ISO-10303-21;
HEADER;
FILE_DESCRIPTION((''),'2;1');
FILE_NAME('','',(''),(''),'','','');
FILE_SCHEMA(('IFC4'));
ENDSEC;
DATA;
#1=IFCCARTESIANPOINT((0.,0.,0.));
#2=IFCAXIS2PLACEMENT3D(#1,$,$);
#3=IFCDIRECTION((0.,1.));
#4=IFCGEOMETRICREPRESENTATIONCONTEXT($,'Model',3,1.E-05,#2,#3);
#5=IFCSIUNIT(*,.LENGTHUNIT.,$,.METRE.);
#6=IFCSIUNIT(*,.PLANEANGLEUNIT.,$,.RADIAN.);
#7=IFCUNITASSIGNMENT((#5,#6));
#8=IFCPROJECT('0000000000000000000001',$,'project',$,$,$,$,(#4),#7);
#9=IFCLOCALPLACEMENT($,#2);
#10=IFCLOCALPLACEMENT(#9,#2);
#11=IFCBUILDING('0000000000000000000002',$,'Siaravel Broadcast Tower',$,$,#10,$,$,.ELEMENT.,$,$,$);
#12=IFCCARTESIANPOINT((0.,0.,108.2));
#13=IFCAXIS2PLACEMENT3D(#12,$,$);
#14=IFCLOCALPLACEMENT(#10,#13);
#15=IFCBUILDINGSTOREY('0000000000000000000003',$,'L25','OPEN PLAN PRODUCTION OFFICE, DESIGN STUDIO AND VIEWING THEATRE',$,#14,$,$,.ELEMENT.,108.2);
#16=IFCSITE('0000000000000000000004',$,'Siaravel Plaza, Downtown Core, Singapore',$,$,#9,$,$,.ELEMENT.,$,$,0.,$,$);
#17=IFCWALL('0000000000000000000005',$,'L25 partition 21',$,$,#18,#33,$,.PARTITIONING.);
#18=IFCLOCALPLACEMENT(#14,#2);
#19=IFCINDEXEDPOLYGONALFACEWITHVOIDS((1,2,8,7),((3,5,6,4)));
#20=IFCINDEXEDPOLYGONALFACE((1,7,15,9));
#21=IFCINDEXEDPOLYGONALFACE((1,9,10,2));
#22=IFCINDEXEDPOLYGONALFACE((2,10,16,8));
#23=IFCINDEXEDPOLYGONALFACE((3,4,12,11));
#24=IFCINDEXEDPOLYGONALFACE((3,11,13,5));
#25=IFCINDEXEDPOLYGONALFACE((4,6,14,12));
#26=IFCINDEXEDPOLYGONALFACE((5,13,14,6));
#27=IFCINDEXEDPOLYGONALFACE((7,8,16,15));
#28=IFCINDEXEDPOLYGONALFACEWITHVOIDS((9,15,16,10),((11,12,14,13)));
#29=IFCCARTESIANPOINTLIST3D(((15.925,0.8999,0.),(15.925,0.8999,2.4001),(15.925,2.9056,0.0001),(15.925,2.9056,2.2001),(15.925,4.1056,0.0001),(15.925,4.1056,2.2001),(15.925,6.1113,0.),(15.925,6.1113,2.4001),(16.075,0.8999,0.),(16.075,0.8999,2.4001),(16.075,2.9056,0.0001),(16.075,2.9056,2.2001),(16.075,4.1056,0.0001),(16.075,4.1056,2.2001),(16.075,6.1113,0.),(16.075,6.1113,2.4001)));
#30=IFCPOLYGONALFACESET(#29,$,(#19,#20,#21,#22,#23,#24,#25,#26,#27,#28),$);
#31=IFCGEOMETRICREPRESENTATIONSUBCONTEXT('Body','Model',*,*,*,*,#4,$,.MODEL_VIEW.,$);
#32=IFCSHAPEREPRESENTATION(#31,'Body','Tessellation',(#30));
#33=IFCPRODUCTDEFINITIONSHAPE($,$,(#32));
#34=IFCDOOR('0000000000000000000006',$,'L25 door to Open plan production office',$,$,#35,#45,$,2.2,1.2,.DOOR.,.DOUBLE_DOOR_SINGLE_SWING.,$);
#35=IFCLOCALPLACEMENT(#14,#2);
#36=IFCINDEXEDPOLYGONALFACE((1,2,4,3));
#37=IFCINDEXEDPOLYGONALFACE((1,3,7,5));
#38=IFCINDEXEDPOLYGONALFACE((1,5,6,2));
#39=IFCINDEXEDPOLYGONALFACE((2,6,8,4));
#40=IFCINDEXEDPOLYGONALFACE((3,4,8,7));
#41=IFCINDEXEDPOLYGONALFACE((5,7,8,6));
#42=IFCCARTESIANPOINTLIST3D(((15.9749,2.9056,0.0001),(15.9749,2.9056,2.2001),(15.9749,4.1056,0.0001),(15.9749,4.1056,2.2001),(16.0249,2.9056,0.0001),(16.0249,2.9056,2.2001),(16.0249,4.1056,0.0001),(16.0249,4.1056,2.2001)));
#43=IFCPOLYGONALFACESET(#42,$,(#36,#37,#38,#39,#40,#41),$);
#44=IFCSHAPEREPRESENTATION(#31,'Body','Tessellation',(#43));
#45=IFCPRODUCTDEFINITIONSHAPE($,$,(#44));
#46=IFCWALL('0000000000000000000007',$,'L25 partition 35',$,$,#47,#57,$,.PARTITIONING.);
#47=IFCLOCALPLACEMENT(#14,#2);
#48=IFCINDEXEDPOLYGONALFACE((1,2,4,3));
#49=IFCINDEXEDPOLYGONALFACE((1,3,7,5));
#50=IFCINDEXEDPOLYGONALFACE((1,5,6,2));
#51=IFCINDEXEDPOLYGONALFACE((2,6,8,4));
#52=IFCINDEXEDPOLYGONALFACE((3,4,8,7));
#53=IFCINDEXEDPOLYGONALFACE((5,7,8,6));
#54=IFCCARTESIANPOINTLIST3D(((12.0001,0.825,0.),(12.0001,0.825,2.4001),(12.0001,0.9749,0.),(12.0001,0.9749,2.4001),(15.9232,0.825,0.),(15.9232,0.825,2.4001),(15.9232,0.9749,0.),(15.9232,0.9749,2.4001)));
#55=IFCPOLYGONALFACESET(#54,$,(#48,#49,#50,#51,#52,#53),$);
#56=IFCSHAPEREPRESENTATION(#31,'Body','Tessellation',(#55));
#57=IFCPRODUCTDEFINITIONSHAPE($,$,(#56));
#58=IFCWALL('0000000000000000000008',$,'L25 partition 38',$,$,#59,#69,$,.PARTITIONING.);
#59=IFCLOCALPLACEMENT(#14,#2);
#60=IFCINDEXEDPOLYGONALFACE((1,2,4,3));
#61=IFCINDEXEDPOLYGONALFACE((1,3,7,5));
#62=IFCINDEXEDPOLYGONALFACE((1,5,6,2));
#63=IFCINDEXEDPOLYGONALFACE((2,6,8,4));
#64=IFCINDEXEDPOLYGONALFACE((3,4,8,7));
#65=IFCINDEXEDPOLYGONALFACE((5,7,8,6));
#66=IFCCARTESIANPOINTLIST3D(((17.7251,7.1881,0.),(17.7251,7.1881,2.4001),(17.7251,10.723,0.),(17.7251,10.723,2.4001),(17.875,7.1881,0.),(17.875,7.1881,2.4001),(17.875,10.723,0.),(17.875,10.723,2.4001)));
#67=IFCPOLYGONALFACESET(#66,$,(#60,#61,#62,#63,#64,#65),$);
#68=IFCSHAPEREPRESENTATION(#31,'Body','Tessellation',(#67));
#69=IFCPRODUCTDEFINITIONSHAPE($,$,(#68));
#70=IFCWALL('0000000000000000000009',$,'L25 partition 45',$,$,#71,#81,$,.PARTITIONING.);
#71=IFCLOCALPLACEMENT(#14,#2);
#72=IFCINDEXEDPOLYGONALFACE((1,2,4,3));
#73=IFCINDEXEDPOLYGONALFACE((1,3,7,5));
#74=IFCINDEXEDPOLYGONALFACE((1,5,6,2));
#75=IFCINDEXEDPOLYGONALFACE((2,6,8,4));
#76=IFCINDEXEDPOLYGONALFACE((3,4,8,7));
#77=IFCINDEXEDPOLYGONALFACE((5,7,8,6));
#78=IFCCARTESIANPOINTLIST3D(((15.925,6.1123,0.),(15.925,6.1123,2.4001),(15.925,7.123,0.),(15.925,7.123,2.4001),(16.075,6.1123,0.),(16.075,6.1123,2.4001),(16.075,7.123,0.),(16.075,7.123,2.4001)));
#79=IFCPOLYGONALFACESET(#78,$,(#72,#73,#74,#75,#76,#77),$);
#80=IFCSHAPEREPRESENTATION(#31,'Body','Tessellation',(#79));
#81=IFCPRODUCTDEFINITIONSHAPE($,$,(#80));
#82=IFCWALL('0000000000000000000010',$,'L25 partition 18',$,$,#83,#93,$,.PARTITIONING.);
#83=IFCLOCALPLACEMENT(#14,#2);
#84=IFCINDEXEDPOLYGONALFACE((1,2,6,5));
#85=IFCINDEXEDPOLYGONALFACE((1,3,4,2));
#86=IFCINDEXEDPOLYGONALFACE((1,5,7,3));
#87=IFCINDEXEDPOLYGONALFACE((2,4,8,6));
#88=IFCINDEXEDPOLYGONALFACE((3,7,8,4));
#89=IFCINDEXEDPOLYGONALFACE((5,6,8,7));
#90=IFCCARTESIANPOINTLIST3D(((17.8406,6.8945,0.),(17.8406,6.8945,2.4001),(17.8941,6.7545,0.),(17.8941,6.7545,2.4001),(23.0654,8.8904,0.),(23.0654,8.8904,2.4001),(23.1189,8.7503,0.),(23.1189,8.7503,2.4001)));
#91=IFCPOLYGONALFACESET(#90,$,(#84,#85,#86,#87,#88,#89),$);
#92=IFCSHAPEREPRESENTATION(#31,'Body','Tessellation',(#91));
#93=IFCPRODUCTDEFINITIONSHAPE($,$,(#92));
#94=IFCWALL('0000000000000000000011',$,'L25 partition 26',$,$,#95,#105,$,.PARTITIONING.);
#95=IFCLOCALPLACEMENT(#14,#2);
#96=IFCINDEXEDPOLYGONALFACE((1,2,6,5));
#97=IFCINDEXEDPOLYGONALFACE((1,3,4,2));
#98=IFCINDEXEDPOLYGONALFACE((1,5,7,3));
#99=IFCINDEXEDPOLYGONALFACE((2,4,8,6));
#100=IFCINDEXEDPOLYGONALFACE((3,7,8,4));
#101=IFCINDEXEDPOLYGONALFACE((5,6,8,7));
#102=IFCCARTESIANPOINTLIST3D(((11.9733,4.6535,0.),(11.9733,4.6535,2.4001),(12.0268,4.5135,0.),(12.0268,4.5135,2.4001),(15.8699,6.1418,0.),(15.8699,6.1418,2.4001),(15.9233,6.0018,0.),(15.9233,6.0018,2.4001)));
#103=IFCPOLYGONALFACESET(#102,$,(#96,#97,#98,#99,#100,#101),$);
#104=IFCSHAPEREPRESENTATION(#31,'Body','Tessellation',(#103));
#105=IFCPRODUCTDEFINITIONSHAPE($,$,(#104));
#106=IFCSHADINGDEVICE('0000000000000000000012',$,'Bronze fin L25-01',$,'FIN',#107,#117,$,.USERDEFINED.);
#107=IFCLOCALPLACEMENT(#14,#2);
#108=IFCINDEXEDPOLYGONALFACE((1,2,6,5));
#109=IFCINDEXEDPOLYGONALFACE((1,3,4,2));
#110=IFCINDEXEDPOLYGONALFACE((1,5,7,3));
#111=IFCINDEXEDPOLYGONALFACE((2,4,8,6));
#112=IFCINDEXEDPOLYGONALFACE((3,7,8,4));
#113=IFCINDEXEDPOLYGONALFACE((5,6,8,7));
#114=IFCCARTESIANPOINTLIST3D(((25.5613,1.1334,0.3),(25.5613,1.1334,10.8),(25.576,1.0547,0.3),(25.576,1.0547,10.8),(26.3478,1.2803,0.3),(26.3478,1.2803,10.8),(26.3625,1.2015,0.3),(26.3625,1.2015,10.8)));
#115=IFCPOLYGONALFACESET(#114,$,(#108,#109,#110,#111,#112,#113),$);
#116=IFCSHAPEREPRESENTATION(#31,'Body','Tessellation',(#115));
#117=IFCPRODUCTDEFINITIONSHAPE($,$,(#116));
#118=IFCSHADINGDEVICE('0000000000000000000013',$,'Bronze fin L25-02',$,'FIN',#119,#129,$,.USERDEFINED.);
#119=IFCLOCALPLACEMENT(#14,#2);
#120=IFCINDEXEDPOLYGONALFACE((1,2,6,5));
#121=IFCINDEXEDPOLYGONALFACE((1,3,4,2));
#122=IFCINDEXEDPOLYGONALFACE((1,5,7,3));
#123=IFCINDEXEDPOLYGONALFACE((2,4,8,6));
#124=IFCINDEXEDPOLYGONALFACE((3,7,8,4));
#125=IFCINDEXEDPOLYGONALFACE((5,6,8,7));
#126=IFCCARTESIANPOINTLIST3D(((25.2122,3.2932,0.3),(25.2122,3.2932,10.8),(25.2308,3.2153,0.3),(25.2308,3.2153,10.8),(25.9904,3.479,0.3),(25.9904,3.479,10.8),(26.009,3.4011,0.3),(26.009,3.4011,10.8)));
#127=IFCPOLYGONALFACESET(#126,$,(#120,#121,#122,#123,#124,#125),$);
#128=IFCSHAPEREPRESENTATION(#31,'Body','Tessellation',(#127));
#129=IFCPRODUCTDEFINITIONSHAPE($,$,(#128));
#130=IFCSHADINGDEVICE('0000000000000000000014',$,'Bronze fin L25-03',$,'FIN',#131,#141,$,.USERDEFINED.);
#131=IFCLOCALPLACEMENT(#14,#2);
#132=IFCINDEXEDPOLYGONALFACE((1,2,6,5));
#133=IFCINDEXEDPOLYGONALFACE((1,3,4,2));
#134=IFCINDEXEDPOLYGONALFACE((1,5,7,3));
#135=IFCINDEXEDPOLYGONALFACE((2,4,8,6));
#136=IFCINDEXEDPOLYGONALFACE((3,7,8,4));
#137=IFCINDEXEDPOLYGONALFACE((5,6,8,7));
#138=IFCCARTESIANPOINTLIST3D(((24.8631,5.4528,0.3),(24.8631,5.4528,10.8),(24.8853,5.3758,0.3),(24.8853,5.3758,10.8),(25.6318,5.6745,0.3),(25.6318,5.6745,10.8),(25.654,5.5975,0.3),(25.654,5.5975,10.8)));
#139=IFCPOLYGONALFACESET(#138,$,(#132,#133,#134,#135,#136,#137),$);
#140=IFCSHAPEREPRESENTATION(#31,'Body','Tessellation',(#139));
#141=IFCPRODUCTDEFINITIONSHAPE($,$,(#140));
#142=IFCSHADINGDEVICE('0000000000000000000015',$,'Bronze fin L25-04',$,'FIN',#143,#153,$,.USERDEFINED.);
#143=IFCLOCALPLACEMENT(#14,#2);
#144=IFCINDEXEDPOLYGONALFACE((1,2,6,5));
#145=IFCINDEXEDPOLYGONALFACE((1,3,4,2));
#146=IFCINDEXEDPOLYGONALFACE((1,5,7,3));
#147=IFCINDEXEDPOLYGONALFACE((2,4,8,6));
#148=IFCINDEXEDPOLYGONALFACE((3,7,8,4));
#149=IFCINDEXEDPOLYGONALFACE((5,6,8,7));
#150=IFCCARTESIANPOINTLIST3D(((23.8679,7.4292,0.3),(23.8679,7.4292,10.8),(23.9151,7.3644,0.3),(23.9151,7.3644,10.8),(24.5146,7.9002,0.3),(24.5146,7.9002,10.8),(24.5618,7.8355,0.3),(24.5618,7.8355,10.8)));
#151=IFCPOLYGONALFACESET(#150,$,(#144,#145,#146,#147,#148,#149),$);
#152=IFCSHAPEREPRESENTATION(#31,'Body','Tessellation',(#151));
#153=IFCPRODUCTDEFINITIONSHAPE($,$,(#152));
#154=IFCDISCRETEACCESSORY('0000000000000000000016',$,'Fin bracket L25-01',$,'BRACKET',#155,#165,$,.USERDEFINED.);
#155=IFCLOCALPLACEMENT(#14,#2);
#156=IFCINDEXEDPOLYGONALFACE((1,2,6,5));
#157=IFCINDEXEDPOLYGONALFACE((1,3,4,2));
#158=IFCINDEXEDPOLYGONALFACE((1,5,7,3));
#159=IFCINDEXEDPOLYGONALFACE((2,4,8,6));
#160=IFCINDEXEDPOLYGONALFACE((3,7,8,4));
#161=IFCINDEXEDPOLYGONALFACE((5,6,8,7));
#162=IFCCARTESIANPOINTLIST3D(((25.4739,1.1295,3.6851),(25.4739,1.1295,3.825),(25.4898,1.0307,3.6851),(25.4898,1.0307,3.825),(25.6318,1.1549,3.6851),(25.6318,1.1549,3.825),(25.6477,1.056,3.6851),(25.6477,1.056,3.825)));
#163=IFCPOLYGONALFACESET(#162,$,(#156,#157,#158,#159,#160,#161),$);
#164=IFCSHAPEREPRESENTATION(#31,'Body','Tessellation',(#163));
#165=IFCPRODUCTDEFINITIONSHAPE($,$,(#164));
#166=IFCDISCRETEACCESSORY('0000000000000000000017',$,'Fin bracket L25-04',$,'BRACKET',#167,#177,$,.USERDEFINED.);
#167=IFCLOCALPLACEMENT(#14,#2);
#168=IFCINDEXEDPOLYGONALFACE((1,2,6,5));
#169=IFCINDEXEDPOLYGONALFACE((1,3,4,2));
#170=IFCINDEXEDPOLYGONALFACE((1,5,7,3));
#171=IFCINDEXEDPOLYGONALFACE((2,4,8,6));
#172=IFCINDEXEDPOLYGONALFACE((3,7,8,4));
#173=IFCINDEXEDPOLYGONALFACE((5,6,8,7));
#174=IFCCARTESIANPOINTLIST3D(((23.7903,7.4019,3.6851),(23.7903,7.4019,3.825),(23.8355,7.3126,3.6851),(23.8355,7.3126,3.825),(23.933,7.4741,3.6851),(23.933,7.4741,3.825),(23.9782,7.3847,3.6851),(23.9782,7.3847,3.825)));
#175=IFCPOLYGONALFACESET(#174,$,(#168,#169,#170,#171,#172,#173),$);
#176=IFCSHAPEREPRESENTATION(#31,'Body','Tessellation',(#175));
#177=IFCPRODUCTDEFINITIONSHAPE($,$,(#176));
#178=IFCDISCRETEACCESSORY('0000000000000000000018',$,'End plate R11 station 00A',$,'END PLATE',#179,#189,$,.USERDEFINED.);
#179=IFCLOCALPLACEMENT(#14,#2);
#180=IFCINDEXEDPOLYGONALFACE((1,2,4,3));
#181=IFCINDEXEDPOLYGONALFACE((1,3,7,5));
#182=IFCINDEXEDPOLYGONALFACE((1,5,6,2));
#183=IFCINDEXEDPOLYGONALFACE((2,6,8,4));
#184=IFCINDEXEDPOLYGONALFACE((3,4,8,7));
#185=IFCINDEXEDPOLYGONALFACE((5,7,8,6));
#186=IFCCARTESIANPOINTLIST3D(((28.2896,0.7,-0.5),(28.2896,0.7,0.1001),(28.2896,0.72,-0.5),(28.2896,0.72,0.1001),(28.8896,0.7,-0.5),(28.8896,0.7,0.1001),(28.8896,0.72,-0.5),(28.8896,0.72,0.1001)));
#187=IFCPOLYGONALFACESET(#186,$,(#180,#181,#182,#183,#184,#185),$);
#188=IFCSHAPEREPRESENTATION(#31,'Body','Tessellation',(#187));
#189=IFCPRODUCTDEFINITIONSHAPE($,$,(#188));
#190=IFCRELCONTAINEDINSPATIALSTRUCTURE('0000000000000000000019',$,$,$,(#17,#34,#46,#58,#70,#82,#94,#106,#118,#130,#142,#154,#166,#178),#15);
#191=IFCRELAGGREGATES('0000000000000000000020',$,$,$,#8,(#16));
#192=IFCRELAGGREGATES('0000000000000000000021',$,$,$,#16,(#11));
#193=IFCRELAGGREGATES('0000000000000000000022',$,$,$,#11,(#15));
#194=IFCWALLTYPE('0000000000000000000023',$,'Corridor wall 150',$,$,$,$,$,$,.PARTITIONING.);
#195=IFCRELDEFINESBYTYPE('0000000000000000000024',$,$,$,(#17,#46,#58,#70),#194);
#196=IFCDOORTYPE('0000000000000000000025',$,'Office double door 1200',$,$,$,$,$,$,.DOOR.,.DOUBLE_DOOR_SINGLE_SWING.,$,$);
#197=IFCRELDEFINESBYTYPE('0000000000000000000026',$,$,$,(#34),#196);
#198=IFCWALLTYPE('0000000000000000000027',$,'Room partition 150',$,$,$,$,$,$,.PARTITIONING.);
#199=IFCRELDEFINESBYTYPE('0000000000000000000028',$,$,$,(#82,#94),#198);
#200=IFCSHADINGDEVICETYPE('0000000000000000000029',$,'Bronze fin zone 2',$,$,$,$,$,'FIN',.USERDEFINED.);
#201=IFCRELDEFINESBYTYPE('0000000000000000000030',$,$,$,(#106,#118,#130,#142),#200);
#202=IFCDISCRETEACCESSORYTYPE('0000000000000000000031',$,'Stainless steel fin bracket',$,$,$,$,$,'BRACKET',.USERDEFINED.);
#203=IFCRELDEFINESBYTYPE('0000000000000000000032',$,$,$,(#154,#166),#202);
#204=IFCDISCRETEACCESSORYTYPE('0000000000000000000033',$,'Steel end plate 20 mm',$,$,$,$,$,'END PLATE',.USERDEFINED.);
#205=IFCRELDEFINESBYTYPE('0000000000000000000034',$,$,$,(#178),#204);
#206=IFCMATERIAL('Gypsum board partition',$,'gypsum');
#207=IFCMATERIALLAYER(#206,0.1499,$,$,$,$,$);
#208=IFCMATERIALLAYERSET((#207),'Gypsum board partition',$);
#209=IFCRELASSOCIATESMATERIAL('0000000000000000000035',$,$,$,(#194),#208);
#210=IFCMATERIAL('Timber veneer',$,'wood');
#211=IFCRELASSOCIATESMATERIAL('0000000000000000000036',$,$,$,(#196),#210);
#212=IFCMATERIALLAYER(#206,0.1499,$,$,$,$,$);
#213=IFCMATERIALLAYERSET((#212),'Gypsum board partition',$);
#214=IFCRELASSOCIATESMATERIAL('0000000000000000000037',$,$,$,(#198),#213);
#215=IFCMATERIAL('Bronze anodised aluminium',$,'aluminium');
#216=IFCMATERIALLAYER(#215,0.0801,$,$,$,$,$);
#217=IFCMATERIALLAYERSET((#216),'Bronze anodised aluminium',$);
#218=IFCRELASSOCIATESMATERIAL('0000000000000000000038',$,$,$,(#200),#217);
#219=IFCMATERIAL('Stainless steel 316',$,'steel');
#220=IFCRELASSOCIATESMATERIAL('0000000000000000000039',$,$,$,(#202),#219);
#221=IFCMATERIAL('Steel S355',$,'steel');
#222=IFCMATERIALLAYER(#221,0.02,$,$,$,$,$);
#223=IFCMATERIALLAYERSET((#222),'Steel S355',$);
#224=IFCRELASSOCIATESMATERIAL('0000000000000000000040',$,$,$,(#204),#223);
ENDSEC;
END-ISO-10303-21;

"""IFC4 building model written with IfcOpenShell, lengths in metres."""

from ifc_helpers import new_model, si_unit, direction, frame, frame_2d, origin, origin_2d, place, context, subcontext, project, spatial, rectangle, extrude, material, layer, layer_set, type_object, element, fill, save


model = new_model("IFC4")

# Units and contexts
model_context = context("Model", 3, precision=1e-05, world=origin(), true_north=direction((0.0, 1.0)))
body_context = subcontext(model_context, "Body", "Model", "MODEL_VIEW")
ifc_project = project(units=[si_unit("LENGTHUNIT", "METRE"), si_unit("PLANEANGLEUNIT", "RADIAN")], contexts=[model_context])

# Site, building, storey
site_placement = place(None, origin())
site = spatial("IfcSite", under=ifc_project, at=site_placement, Name="Siaravel Plaza, Downtown Core, Singapore", CompositionType="ELEMENT", RefElevation=0.0)
building_placement = place(site_placement, origin())
building = spatial("IfcBuilding", under=site, at=building_placement, Name="Siaravel Broadcast Tower", CompositionType="ELEMENT")
storey_placement = place(building_placement, frame((0.0, 0.0, 108.2)))
storey = spatial("IfcBuildingStorey", under=building, at=storey_placement, Name="L25", Description="OPEN PLAN PRODUCTION OFFICE, DESIGN STUDIO AND VIEWING THEATRE", CompositionType="ELEMENT", Elevation=108.2)

# Shared definitions
ifc_material_1 = material(Name="Steel S355", Category="steel")

# Wall, opening, door
ifc_material_2 = material(Name="Gypsum board partition", Category="gypsum")
ifc_layer_1 = layer(ifc_material_2, 0.1499)
ifc_layer_set_1 = layer_set([ifc_layer_1], Name="Gypsum board partition")
wall_type_1 = type_object("IfcWallType", Name="Corridor wall 150", PredefinedType="PARTITIONING", material=ifc_layer_set_1)
wall_1_placement = place(storey_placement, frame((16.0, 6.1113, 0.0), z_axis=(0.0, 0.0, 1.0), x_axis=(0.0, -1.0, 0.0)))
wall_1 = element("IfcWall", 1, at=wall_1_placement, inside=storey, type_object=wall_type_1, Name="L25 partition 21", PredefinedType="PARTITIONING", context=body_context, shape_type="SweptSolid", body=[
    extrude(rectangle(XDim=5.2114, YDim=0.1499, at=frame_2d((2.6057, 0.0))), origin(), (0.0, 0.0, 1.0), 2.4001),
])
opening_placement = place(wall_1_placement, frame((2.0056, 0.0, 0.0)))
opening = element("IfcOpeningElement", 2, at=opening_placement, cuts=wall_1, PredefinedType="OPENING", context=body_context, shape_type="SweptSolid", body=[
    extrude(rectangle(XDim=1.2, YDim=2.2, at=frame_2d((0.6001, 1.1001))), frame((0.0, 0.085, 0.0), z_axis=(0.0, -1.0, 0.0), x_axis=(1.0, 0.0, 0.0)), (0.0, 0.0, 1.0), 0.1699),
])
ifc_material_3 = material(Name="Timber veneer", Category="wood")
door_type = type_object("IfcDoorType", Name="Office double door 1200", OperationType="DOUBLE_DOOR_SINGLE_SWING", PredefinedType="DOOR", material=ifc_material_3)
door_placement = place(opening_placement, origin())
door = element("IfcDoor", 3, at=door_placement, inside=storey, type_object=door_type, Name="L25 door to Open plan production office", OperationType="DOUBLE_DOOR_SINGLE_SWING", OverallHeight=2.2, OverallWidth=1.2, PredefinedType="DOOR", context=body_context, shape_type="SweptSolid", body=[
    extrude(rectangle(XDim=1.2, YDim=2.2, at=frame_2d((0.6001, 1.1001))), frame((0.0, 0.0249, 0.0), z_axis=(0.0, -1.0, 0.0), x_axis=(1.0, 0.0, 0.0)), (0.0, 0.0, 1.0), 0.05),
])
fill(opening, door)

# Walls
wall_2_placement = place(storey_placement, frame((15.9231, 0.8999, 0.0), z_axis=(0.0, 0.0, 1.0), x_axis=(-1.0, 0.0, 0.0)))
element("IfcWall", 4, at=wall_2_placement, inside=storey, type_object=wall_type_1, Name="L25 partition 35", PredefinedType="PARTITIONING", context=body_context, shape_type="SweptSolid", body=[
    extrude(rectangle(XDim=3.9231, YDim=0.1499, at=frame_2d((1.9614, 0.0))), origin(), (0.0, 0.0, 1.0), 2.4001),
])
wall_3_placement = place(storey_placement, frame((17.8, 7.188, 0.0), z_axis=(0.0, 0.0, 1.0), x_axis=(0.0, 1.0, 0.0)))
element("IfcWall", 5, at=wall_3_placement, inside=storey, type_object=wall_type_1, Name="L25 partition 38", PredefinedType="PARTITIONING", context=body_context, shape_type="SweptSolid", body=[
    extrude(rectangle(XDim=3.5349, YDim=0.1499, at=frame_2d((1.7676, 0.0))), origin(), (0.0, 0.0, 1.0), 2.4001),
])
wall_4_placement = place(storey_placement, frame((16.0, 7.123, 0.0), z_axis=(0.0, 0.0, 1.0), x_axis=(0.0, -1.0, 0.0)))
element("IfcWall", 6, at=wall_4_placement, inside=storey, type_object=wall_type_1, Name="L25 partition 45", PredefinedType="PARTITIONING", context=body_context, shape_type="SweptSolid", body=[
    extrude(rectangle(XDim=1.0107, YDim=0.1499, at=frame_2d((0.5054, 0.0))), origin(), (0.0, 0.0, 1.0), 2.4001),
])
ifc_layer_2 = layer(ifc_material_2, 0.1499)
ifc_layer_set_2 = layer_set([ifc_layer_2], Name="Gypsum board partition")
wall_type_2 = type_object("IfcWallType", Name="Room partition 150", PredefinedType="PARTITIONING", material=ifc_layer_set_2)
wall_5_placement = place(storey_placement, frame((23.092, 8.8203, 0.0), z_axis=(0.0, 0.0, 1.0), x_axis=(-0.934164, -0.356843, 0.0)))
element("IfcWall", 7, at=wall_5_placement, inside=storey, type_object=wall_type_2, Name="L25 partition 18", PredefinedType="PARTITIONING", context=body_context, shape_type="SweptSolid", body=[
    extrude(rectangle(XDim=5.593, YDim=0.1499, at=frame_2d((2.7964, 0.0))), origin(), (0.0, 0.0, 1.0), 2.4001),
])
wall_6_placement = place(storey_placement, frame((15.8965, 6.0718, 0.0), z_axis=(0.0, 0.0, 1.0), x_axis=(-0.934176, -0.356813, 0.0)))
element("IfcWall", 8, at=wall_6_placement, inside=storey, type_object=wall_type_2, Name="L25 partition 26", PredefinedType="PARTITIONING", context=body_context, shape_type="SweptSolid", body=[
    extrude(rectangle(XDim=4.1711, YDim=0.1499, at=frame_2d((2.0854, 0.0))), origin(), (0.0, 0.0, 1.0), 2.4001),
])

# Shading devices
ifc_material_4 = material(Name="Bronze anodised aluminium", Category="aluminium")
ifc_layer_3 = layer(ifc_material_4, 0.0801)
ifc_layer_set_3 = layer_set([ifc_layer_3], Name="Bronze anodised aluminium")
shading_device_type = type_object("IfcShadingDeviceType", Name="Bronze fin zone 2", ElementType="FIN", PredefinedType="USERDEFINED", material=ifc_layer_set_3)
for number, where, z_axis, x_axis, name in (
    (9, (25.9619, 1.1675, 0.3), (0.0, 0.0, 1.0), (0.983013, 0.183534, 0.0), "Bronze fin L25-01"),
    (10, (25.6106, 3.3472, 0.3), (0.0, 0.0, 1.0), (0.972651, 0.232272, 0.0), "Bronze fin L25-02"),
    (11, (25.2585, 5.5251, 0.3), (0.0, 0.0, 1.0), (0.960846, 0.277082, 0.0), "Bronze fin L25-03"),
    (12, (24.2148, 7.6323, 0.3), (0.0, 0.0, 1.0), (0.808295, 0.588777, 0.0), "Bronze fin L25-04"),
):
    element("IfcShadingDevice", number, at=place(storey_placement, frame(where, z_axis=z_axis, x_axis=x_axis)), inside=storey, type_object=shading_device_type, Name=name, ObjectType="FIN", PredefinedType="USERDEFINED", context=body_context, shape_type="SweptSolid", body=[
        extrude(rectangle(XDim=0.8, YDim=0.0801, at=origin_2d()), origin(), (0.0, 0.0, 1.0), 10.5),
    ])

# Discrete accessories
ifc_material_5 = material(Name="Stainless steel 316", Category="steel")
discrete_accessory_type_1 = type_object("IfcDiscreteAccessoryType", Name="Stainless steel fin bracket", ElementType="BRACKET", PredefinedType="USERDEFINED", material=ifc_material_5)
for number, where, z_axis, x_axis, name in (
    (13, (25.5608, 1.0928, 3.6851), (0.0, 0.0, 1.0), (0.987329, 0.158685, 0.0), "Fin bracket L25-01"),
    (14, (23.8843, 7.3933, 3.6851), (0.0, 0.0, 1.0), (0.892392, 0.451261, 0.0), "Fin bracket L25-04"),
):
    element("IfcDiscreteAccessory", number, at=place(storey_placement, frame(where, z_axis=z_axis, x_axis=x_axis)), inside=storey, type_object=discrete_accessory_type_1, Name=name, ObjectType="BRACKET", PredefinedType="USERDEFINED", context=body_context, shape_type="SweptSolid", body=[
        extrude(rectangle(XDim=0.1599, YDim=0.1001, at=origin_2d()), origin(), (0.0, 0.0, 1.0), 0.1399),
    ])
ifc_layer_4 = layer(ifc_material_1, 0.02)
ifc_layer_set_4 = layer_set([ifc_layer_4], Name="Steel S355")
discrete_accessory_type_2 = type_object("IfcDiscreteAccessoryType", Name="Steel end plate 20 mm", ElementType="END PLATE", PredefinedType="USERDEFINED", material=ifc_layer_set_4)
discrete_accessory_placement = place(storey_placement, frame((28.5896, 0.71, -0.5), z_axis=(0.0, 0.0, 1.0), x_axis=(0.0, 1.0, 0.0)))
element("IfcDiscreteAccessory", 15, at=discrete_accessory_placement, inside=storey, type_object=discrete_accessory_type_2, Name="End plate R11 station 00A", ObjectType="END PLATE", PredefinedType="USERDEFINED", context=body_context, shape_type="SweptSolid", body=[
    extrude(rectangle(XDim=0.02, YDim=0.6001, at=origin_2d()), origin(), (0.0, 0.0, 1.0), 0.6001),
])

save(model, "model.ifc")
